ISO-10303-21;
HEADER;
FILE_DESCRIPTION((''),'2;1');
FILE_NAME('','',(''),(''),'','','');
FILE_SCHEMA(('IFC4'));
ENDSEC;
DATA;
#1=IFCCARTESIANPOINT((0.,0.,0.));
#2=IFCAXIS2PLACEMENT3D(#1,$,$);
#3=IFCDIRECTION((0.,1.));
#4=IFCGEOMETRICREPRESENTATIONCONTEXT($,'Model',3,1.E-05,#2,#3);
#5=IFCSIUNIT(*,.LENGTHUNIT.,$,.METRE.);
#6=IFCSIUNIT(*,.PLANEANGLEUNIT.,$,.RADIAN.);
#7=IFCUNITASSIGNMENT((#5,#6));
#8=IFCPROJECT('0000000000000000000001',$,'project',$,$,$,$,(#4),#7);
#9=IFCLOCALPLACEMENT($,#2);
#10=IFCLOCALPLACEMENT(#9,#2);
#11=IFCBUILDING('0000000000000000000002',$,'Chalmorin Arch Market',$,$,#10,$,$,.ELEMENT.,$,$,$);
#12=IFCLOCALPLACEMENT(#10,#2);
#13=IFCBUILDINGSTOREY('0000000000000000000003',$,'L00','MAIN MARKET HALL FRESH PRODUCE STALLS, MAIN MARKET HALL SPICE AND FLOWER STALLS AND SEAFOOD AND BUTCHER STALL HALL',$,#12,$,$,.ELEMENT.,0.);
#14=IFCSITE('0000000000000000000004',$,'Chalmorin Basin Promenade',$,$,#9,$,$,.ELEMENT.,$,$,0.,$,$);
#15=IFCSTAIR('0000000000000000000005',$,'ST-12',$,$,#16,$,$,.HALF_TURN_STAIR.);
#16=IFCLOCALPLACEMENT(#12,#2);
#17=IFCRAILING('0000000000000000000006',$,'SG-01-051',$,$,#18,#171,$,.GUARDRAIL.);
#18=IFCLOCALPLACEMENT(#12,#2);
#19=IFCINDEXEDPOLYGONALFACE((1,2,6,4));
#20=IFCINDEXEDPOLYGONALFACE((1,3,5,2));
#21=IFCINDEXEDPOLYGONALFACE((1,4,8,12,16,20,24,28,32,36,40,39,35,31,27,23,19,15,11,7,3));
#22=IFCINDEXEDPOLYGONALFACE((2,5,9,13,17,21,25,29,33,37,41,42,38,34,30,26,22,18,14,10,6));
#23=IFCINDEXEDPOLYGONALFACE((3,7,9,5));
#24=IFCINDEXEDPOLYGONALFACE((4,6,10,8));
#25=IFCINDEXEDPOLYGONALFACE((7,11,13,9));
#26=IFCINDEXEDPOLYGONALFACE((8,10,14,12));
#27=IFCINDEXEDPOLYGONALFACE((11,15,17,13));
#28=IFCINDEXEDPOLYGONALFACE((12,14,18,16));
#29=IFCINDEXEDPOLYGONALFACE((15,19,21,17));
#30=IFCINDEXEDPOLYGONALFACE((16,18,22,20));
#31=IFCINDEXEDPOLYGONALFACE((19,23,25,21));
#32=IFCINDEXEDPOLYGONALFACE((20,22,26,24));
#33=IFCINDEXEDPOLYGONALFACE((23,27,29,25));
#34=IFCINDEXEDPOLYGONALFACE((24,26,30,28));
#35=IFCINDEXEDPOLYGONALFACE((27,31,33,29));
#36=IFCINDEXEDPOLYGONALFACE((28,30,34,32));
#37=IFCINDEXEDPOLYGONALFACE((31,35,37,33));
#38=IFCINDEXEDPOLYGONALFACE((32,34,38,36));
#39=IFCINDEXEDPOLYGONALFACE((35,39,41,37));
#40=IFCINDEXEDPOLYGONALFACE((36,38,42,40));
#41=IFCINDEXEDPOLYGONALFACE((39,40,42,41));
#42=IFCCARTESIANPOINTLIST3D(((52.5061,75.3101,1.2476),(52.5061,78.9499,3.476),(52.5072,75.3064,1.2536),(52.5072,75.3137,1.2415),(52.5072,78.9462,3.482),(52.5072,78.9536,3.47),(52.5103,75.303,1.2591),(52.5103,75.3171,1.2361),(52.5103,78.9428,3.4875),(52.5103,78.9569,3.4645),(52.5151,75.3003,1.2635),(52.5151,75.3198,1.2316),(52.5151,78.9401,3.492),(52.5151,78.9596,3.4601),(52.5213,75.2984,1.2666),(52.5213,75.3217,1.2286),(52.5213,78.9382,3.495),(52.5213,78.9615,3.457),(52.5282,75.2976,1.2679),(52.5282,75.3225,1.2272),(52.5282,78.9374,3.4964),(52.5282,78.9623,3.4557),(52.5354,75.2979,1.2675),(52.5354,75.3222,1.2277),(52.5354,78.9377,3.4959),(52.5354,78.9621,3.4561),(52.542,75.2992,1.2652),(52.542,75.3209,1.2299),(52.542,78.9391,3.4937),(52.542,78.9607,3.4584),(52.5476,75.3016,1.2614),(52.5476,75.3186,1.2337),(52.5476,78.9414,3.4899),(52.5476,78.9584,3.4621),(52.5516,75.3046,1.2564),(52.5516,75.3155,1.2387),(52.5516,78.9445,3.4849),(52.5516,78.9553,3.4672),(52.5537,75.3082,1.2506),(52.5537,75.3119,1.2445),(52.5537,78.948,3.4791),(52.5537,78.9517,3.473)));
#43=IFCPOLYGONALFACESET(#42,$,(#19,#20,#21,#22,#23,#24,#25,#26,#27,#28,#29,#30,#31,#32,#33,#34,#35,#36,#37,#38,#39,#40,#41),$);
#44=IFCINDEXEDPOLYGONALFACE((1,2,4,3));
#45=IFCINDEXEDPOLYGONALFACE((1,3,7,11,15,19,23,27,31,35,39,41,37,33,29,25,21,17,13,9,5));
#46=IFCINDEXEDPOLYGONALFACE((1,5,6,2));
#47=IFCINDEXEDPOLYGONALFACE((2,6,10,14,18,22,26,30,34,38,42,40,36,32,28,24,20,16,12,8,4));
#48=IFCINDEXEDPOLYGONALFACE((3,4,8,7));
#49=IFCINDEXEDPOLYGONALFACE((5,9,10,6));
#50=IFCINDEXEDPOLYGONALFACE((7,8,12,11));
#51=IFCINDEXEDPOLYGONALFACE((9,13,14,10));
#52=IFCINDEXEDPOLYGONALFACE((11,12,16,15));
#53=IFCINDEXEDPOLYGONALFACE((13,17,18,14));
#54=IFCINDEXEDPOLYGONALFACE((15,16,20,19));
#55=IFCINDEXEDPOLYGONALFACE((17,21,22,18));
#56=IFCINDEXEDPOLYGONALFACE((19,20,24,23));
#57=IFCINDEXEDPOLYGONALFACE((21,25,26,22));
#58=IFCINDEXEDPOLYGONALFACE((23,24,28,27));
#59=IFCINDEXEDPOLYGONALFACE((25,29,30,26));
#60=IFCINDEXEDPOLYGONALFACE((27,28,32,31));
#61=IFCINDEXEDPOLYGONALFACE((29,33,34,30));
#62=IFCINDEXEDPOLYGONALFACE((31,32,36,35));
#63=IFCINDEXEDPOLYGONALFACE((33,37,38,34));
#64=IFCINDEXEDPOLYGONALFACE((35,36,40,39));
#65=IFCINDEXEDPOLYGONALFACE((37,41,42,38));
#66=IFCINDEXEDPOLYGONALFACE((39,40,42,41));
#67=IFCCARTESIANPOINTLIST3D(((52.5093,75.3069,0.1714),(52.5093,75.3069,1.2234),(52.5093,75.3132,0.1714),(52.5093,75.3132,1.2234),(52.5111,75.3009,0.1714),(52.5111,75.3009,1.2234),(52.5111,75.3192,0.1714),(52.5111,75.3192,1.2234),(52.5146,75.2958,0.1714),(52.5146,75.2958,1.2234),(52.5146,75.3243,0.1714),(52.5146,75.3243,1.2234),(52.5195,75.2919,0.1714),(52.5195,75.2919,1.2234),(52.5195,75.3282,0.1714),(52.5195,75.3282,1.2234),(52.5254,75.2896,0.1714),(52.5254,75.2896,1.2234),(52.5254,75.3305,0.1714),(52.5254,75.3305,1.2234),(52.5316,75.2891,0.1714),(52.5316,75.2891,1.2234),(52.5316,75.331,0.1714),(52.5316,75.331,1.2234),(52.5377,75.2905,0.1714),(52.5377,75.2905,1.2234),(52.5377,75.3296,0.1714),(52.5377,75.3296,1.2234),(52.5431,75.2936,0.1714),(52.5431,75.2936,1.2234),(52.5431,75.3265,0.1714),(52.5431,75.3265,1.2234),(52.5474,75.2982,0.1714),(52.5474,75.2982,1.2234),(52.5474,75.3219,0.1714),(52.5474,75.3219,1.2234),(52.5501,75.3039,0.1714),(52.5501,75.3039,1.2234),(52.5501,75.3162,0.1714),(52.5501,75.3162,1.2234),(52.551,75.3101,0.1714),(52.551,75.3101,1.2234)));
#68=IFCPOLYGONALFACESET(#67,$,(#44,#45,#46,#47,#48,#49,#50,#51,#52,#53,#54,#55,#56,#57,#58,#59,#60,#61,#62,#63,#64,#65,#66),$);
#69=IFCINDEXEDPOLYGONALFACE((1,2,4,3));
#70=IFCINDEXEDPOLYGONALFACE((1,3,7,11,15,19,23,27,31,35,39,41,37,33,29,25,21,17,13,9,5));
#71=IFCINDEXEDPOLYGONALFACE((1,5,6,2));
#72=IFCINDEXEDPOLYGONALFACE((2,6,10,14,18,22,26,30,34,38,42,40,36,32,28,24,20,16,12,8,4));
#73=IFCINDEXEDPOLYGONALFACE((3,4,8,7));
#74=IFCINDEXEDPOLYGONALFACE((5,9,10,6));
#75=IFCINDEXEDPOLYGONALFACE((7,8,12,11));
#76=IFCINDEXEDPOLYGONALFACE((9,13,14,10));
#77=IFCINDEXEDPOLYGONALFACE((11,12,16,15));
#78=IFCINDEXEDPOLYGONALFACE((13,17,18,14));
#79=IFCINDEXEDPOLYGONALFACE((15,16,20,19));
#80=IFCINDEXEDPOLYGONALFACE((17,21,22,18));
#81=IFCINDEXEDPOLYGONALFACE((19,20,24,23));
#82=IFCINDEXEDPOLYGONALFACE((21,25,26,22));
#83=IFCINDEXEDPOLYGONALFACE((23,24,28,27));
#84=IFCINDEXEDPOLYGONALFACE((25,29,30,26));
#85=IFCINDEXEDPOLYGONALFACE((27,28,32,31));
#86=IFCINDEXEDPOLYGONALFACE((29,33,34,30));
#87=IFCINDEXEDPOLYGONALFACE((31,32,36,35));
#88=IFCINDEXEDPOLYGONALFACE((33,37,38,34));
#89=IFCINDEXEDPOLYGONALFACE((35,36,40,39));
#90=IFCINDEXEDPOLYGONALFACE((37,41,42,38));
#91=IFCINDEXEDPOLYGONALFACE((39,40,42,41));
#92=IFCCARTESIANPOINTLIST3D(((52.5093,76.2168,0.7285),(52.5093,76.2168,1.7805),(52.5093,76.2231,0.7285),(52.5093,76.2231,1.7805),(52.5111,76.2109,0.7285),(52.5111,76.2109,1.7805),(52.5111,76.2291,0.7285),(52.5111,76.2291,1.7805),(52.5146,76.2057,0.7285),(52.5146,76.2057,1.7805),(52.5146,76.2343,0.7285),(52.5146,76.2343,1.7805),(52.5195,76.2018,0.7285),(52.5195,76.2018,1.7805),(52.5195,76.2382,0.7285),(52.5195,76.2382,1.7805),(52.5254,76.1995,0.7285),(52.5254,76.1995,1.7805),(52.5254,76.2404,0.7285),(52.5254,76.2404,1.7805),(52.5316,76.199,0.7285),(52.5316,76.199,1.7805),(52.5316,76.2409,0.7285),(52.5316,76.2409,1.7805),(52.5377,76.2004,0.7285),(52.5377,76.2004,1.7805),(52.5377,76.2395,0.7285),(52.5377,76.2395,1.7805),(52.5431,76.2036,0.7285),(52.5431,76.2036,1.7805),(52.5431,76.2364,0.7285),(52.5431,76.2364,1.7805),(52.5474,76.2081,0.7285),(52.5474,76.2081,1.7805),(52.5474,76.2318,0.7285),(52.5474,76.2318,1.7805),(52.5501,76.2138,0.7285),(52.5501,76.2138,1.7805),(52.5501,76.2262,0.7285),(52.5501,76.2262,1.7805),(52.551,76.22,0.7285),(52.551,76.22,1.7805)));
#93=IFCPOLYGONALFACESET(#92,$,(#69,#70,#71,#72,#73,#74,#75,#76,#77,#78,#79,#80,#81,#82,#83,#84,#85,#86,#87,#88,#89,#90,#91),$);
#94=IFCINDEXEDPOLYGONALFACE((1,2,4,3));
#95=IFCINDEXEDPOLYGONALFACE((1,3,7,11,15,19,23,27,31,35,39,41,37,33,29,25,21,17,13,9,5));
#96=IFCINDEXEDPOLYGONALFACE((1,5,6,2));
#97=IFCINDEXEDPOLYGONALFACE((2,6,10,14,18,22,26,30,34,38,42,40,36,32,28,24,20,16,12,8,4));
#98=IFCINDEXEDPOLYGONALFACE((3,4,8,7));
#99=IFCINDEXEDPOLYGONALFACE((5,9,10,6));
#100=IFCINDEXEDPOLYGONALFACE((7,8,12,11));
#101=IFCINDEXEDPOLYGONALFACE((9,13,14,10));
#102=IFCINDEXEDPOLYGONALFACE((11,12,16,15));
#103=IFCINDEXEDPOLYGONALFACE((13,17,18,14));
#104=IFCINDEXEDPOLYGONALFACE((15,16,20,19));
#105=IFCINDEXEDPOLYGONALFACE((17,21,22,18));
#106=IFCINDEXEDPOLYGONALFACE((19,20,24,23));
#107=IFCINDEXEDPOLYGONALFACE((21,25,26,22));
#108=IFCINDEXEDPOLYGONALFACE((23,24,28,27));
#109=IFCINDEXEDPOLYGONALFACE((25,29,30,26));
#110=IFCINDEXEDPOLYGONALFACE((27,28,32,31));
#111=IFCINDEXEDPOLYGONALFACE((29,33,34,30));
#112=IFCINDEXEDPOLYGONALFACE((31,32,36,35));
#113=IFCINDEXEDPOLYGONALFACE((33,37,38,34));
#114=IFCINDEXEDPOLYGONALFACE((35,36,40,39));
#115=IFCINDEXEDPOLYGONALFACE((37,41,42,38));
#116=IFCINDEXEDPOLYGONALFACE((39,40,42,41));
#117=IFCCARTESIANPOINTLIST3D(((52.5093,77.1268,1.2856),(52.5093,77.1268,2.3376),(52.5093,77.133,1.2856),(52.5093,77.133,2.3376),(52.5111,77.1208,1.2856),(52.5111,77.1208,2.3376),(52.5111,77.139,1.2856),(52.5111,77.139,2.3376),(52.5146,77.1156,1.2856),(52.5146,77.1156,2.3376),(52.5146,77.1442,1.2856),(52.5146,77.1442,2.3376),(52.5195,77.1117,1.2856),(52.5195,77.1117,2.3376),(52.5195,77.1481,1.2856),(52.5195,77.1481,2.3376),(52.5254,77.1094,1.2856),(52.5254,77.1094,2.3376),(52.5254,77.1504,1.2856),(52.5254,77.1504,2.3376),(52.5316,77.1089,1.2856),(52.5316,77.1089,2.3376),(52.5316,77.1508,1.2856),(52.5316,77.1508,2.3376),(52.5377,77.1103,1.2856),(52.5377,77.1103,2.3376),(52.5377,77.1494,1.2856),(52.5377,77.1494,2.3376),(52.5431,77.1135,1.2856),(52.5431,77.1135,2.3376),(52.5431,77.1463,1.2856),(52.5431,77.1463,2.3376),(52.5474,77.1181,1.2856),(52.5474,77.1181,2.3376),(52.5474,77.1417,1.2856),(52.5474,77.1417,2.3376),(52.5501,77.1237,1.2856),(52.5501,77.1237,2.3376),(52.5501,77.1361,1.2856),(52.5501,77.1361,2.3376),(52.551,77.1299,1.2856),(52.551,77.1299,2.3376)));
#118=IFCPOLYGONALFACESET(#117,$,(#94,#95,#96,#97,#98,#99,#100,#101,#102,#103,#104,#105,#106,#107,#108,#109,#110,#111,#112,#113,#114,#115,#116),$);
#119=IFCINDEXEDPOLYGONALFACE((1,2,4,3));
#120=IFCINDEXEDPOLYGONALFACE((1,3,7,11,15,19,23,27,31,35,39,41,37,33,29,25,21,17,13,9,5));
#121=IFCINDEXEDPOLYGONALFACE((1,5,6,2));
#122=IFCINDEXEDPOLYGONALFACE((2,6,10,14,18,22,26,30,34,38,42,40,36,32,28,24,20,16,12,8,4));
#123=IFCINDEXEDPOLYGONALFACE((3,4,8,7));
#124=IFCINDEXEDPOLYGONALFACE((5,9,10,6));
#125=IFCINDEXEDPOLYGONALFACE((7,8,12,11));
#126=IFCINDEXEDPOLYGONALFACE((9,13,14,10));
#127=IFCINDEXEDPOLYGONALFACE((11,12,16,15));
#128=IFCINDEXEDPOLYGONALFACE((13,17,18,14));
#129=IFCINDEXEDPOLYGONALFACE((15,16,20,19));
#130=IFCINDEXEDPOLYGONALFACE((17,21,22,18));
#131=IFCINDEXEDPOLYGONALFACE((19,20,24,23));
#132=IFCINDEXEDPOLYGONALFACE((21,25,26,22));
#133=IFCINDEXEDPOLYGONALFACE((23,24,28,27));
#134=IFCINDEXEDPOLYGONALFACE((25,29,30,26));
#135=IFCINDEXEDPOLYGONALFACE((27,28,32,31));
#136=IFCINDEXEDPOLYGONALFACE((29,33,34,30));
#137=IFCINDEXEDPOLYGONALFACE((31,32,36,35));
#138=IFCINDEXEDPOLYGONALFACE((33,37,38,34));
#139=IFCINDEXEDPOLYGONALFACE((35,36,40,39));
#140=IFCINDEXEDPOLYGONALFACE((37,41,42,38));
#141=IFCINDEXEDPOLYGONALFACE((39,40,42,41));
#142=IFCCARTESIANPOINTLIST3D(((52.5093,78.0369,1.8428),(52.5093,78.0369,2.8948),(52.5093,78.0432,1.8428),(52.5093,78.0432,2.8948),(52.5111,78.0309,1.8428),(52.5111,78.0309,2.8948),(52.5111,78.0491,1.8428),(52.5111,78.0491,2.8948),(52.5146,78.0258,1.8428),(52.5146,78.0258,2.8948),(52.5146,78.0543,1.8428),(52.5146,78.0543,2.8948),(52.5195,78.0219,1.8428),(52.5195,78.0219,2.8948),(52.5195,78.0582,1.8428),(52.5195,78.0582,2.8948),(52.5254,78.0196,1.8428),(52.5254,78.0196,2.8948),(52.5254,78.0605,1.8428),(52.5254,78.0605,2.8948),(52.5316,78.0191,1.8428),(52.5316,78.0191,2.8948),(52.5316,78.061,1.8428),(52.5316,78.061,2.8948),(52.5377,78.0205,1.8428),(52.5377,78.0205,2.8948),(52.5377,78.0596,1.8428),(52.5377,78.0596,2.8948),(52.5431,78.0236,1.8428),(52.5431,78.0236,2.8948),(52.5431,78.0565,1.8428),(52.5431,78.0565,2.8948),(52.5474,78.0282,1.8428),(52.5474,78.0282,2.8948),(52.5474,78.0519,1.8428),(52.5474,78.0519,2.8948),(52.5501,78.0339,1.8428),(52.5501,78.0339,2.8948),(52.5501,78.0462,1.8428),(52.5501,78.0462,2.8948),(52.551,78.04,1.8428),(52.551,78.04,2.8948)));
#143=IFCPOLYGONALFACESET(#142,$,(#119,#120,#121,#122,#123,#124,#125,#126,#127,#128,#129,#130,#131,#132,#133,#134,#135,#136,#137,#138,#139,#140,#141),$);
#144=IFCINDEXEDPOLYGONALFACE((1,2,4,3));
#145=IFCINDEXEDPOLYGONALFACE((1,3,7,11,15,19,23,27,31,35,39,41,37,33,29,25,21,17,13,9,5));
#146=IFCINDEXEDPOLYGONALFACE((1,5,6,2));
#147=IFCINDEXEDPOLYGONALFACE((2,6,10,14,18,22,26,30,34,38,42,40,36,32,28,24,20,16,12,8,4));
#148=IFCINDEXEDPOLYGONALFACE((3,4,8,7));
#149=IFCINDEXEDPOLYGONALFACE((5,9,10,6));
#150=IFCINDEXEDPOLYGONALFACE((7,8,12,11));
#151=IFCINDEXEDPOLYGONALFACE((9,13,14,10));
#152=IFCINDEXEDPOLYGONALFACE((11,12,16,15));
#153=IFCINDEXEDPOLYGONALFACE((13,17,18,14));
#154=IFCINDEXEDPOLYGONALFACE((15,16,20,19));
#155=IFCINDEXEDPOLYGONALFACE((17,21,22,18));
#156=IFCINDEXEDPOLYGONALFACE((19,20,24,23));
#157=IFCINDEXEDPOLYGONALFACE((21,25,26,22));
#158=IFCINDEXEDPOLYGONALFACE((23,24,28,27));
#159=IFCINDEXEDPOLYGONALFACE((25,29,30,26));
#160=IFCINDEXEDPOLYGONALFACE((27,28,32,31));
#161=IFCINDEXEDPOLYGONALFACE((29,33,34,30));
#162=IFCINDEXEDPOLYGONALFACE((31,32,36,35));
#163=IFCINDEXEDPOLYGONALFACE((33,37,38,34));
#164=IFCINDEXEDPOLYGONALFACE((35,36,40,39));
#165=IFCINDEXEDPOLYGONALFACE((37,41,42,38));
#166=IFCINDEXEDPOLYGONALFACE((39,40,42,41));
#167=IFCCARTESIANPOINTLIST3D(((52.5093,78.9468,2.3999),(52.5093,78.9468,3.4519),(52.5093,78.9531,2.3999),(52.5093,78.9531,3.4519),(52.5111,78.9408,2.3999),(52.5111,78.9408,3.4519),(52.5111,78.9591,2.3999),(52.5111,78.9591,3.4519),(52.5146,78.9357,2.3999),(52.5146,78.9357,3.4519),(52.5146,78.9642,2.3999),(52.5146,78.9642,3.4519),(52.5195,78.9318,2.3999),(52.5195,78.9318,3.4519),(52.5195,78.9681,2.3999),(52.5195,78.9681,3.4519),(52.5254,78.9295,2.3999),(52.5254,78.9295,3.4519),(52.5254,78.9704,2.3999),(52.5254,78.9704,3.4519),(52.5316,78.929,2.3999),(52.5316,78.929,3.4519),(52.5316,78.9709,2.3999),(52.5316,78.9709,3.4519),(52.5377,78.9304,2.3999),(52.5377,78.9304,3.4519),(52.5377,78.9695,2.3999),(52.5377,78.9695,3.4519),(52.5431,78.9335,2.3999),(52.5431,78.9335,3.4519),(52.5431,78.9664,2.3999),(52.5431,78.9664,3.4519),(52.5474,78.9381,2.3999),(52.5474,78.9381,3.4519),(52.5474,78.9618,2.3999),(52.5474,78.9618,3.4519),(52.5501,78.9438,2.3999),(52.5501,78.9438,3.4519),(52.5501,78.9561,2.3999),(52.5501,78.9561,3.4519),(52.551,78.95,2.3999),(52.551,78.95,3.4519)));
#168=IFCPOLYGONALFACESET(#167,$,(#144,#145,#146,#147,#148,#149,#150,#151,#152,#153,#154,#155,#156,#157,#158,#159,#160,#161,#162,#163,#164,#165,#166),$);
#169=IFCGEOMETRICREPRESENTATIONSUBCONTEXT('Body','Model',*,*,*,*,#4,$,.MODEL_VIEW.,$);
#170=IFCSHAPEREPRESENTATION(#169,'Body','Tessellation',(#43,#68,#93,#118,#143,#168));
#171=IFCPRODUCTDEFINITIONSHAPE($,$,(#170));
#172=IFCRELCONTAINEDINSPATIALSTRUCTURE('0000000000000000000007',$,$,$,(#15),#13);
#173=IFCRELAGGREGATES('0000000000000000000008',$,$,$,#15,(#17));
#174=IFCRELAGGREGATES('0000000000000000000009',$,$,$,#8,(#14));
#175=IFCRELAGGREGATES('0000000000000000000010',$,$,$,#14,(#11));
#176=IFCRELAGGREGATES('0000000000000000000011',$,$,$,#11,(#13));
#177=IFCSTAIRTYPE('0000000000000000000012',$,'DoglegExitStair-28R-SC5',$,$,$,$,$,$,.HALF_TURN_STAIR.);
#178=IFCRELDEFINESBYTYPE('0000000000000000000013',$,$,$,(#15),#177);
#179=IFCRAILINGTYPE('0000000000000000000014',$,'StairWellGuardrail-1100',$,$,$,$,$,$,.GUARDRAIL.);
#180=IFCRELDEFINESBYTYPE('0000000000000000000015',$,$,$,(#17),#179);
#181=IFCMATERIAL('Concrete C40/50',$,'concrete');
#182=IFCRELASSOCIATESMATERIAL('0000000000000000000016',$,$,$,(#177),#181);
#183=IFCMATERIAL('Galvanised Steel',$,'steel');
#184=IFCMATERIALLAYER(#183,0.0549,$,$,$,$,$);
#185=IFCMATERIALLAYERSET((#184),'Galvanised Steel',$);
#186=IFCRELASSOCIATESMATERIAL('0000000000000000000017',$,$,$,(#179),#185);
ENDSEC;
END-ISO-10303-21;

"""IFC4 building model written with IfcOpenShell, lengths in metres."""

from ifc_helpers import new_model, si_unit, direction, frame, origin, origin_2d, place, context, subcontext, project, spatial, circle, extrude, material, layer, layer_set, type_object, element, aggregate, save


model = new_model("IFC4")

# Units and contexts
model_context = context("Model", 3, precision=1e-05, world=origin(), true_north=direction((0.0, 1.0)))
body_context = subcontext(model_context, "Body", "Model", "MODEL_VIEW")
ifc_project = project(units=[si_unit("LENGTHUNIT", "METRE"), si_unit("PLANEANGLEUNIT", "RADIAN")], contexts=[model_context])

# Site, building, storey
site_placement = place(None, origin())
site = spatial("IfcSite", under=ifc_project, at=site_placement, Name="Chalmorin Basin Promenade", CompositionType="ELEMENT", RefElevation=0.0)
building_placement = place(site_placement, origin())
building = spatial("IfcBuilding", under=site, at=building_placement, Name="Chalmorin Arch Market", CompositionType="ELEMENT")
storey_placement = place(building_placement, origin())
storey = spatial("IfcBuildingStorey", under=building, at=storey_placement, Name="L00", Description="MAIN MARKET HALL FRESH PRODUCE STALLS, MAIN MARKET HALL SPICE AND FLOWER STALLS AND SEAFOOD AND BUTCHER STALL HALL", CompositionType="ELEMENT", Elevation=0.0)

# Shared definitions
ifc_material_1 = material(Name="Concrete C40/50", Category="concrete")

# Shared definitions
ifc_material_2 = material(Name="Galvanised Steel", Category="steel")

# Stair, railing
stair_type = type_object("IfcStairType", Name="DoglegExitStair-28R-SC5", PredefinedType="HALF_TURN_STAIR", material=ifc_material_1)
stair_placement = place(storey_placement, origin())
stair = element("IfcStair", 1, at=stair_placement, inside=storey, type_object=stair_type, Name="ST-12", PredefinedType="HALF_TURN_STAIR")
ifc_layer_1 = layer(ifc_material_2, 0.0549)
ifc_layer_set_1 = layer_set([ifc_layer_1], Name="Galvanised Steel")
railing_type_1 = type_object("IfcRailingType", Name="StairWellGuardrail-1100", PredefinedType="GUARDRAIL", material=ifc_layer_set_1)
railing_1_placement = place(storey_placement, frame((52.53, 75.3101, 0.1714)))
railing_1 = element("IfcRailing", 2, at=railing_1_placement, type_object=railing_type_1, Name="SG-01-051", PredefinedType="GUARDRAIL", context=body_context, shape_type="SweptSolid", body=[
    extrude(circle(Radius=0.0239, at=origin_2d()), frame((0.0, 0.0, 1.0762), z_axis=(0.0, 0.85285, 0.522156), x_axis=(-1.0, 0.0, 0.0)), (0.0, 0.0, 1.0), 4.2678),
    extrude(circle(Radius=0.021, at=origin_2d()), origin(), (0.0, 0.0, 1.0), 1.052),
    extrude(circle(Radius=0.021, at=origin_2d()), frame((0.0, 0.9099, 0.5571)), (0.0, 0.0, 1.0), 1.052),
    extrude(circle(Radius=0.021, at=origin_2d()), frame((0.0, 1.8198, 1.1143)), (0.0, 0.0, 1.0), 1.052),
    extrude(circle(Radius=0.021, at=origin_2d()), frame((0.0, 2.73, 1.6714)), (0.0, 0.0, 1.0), 1.052),
    extrude(circle(Radius=0.021, at=origin_2d()), frame((0.0, 3.6399, 2.2285)), (0.0, 0.0, 1.0), 1.052),
])
aggregate(stair, [railing_1])

save(model, "model.ifc")
